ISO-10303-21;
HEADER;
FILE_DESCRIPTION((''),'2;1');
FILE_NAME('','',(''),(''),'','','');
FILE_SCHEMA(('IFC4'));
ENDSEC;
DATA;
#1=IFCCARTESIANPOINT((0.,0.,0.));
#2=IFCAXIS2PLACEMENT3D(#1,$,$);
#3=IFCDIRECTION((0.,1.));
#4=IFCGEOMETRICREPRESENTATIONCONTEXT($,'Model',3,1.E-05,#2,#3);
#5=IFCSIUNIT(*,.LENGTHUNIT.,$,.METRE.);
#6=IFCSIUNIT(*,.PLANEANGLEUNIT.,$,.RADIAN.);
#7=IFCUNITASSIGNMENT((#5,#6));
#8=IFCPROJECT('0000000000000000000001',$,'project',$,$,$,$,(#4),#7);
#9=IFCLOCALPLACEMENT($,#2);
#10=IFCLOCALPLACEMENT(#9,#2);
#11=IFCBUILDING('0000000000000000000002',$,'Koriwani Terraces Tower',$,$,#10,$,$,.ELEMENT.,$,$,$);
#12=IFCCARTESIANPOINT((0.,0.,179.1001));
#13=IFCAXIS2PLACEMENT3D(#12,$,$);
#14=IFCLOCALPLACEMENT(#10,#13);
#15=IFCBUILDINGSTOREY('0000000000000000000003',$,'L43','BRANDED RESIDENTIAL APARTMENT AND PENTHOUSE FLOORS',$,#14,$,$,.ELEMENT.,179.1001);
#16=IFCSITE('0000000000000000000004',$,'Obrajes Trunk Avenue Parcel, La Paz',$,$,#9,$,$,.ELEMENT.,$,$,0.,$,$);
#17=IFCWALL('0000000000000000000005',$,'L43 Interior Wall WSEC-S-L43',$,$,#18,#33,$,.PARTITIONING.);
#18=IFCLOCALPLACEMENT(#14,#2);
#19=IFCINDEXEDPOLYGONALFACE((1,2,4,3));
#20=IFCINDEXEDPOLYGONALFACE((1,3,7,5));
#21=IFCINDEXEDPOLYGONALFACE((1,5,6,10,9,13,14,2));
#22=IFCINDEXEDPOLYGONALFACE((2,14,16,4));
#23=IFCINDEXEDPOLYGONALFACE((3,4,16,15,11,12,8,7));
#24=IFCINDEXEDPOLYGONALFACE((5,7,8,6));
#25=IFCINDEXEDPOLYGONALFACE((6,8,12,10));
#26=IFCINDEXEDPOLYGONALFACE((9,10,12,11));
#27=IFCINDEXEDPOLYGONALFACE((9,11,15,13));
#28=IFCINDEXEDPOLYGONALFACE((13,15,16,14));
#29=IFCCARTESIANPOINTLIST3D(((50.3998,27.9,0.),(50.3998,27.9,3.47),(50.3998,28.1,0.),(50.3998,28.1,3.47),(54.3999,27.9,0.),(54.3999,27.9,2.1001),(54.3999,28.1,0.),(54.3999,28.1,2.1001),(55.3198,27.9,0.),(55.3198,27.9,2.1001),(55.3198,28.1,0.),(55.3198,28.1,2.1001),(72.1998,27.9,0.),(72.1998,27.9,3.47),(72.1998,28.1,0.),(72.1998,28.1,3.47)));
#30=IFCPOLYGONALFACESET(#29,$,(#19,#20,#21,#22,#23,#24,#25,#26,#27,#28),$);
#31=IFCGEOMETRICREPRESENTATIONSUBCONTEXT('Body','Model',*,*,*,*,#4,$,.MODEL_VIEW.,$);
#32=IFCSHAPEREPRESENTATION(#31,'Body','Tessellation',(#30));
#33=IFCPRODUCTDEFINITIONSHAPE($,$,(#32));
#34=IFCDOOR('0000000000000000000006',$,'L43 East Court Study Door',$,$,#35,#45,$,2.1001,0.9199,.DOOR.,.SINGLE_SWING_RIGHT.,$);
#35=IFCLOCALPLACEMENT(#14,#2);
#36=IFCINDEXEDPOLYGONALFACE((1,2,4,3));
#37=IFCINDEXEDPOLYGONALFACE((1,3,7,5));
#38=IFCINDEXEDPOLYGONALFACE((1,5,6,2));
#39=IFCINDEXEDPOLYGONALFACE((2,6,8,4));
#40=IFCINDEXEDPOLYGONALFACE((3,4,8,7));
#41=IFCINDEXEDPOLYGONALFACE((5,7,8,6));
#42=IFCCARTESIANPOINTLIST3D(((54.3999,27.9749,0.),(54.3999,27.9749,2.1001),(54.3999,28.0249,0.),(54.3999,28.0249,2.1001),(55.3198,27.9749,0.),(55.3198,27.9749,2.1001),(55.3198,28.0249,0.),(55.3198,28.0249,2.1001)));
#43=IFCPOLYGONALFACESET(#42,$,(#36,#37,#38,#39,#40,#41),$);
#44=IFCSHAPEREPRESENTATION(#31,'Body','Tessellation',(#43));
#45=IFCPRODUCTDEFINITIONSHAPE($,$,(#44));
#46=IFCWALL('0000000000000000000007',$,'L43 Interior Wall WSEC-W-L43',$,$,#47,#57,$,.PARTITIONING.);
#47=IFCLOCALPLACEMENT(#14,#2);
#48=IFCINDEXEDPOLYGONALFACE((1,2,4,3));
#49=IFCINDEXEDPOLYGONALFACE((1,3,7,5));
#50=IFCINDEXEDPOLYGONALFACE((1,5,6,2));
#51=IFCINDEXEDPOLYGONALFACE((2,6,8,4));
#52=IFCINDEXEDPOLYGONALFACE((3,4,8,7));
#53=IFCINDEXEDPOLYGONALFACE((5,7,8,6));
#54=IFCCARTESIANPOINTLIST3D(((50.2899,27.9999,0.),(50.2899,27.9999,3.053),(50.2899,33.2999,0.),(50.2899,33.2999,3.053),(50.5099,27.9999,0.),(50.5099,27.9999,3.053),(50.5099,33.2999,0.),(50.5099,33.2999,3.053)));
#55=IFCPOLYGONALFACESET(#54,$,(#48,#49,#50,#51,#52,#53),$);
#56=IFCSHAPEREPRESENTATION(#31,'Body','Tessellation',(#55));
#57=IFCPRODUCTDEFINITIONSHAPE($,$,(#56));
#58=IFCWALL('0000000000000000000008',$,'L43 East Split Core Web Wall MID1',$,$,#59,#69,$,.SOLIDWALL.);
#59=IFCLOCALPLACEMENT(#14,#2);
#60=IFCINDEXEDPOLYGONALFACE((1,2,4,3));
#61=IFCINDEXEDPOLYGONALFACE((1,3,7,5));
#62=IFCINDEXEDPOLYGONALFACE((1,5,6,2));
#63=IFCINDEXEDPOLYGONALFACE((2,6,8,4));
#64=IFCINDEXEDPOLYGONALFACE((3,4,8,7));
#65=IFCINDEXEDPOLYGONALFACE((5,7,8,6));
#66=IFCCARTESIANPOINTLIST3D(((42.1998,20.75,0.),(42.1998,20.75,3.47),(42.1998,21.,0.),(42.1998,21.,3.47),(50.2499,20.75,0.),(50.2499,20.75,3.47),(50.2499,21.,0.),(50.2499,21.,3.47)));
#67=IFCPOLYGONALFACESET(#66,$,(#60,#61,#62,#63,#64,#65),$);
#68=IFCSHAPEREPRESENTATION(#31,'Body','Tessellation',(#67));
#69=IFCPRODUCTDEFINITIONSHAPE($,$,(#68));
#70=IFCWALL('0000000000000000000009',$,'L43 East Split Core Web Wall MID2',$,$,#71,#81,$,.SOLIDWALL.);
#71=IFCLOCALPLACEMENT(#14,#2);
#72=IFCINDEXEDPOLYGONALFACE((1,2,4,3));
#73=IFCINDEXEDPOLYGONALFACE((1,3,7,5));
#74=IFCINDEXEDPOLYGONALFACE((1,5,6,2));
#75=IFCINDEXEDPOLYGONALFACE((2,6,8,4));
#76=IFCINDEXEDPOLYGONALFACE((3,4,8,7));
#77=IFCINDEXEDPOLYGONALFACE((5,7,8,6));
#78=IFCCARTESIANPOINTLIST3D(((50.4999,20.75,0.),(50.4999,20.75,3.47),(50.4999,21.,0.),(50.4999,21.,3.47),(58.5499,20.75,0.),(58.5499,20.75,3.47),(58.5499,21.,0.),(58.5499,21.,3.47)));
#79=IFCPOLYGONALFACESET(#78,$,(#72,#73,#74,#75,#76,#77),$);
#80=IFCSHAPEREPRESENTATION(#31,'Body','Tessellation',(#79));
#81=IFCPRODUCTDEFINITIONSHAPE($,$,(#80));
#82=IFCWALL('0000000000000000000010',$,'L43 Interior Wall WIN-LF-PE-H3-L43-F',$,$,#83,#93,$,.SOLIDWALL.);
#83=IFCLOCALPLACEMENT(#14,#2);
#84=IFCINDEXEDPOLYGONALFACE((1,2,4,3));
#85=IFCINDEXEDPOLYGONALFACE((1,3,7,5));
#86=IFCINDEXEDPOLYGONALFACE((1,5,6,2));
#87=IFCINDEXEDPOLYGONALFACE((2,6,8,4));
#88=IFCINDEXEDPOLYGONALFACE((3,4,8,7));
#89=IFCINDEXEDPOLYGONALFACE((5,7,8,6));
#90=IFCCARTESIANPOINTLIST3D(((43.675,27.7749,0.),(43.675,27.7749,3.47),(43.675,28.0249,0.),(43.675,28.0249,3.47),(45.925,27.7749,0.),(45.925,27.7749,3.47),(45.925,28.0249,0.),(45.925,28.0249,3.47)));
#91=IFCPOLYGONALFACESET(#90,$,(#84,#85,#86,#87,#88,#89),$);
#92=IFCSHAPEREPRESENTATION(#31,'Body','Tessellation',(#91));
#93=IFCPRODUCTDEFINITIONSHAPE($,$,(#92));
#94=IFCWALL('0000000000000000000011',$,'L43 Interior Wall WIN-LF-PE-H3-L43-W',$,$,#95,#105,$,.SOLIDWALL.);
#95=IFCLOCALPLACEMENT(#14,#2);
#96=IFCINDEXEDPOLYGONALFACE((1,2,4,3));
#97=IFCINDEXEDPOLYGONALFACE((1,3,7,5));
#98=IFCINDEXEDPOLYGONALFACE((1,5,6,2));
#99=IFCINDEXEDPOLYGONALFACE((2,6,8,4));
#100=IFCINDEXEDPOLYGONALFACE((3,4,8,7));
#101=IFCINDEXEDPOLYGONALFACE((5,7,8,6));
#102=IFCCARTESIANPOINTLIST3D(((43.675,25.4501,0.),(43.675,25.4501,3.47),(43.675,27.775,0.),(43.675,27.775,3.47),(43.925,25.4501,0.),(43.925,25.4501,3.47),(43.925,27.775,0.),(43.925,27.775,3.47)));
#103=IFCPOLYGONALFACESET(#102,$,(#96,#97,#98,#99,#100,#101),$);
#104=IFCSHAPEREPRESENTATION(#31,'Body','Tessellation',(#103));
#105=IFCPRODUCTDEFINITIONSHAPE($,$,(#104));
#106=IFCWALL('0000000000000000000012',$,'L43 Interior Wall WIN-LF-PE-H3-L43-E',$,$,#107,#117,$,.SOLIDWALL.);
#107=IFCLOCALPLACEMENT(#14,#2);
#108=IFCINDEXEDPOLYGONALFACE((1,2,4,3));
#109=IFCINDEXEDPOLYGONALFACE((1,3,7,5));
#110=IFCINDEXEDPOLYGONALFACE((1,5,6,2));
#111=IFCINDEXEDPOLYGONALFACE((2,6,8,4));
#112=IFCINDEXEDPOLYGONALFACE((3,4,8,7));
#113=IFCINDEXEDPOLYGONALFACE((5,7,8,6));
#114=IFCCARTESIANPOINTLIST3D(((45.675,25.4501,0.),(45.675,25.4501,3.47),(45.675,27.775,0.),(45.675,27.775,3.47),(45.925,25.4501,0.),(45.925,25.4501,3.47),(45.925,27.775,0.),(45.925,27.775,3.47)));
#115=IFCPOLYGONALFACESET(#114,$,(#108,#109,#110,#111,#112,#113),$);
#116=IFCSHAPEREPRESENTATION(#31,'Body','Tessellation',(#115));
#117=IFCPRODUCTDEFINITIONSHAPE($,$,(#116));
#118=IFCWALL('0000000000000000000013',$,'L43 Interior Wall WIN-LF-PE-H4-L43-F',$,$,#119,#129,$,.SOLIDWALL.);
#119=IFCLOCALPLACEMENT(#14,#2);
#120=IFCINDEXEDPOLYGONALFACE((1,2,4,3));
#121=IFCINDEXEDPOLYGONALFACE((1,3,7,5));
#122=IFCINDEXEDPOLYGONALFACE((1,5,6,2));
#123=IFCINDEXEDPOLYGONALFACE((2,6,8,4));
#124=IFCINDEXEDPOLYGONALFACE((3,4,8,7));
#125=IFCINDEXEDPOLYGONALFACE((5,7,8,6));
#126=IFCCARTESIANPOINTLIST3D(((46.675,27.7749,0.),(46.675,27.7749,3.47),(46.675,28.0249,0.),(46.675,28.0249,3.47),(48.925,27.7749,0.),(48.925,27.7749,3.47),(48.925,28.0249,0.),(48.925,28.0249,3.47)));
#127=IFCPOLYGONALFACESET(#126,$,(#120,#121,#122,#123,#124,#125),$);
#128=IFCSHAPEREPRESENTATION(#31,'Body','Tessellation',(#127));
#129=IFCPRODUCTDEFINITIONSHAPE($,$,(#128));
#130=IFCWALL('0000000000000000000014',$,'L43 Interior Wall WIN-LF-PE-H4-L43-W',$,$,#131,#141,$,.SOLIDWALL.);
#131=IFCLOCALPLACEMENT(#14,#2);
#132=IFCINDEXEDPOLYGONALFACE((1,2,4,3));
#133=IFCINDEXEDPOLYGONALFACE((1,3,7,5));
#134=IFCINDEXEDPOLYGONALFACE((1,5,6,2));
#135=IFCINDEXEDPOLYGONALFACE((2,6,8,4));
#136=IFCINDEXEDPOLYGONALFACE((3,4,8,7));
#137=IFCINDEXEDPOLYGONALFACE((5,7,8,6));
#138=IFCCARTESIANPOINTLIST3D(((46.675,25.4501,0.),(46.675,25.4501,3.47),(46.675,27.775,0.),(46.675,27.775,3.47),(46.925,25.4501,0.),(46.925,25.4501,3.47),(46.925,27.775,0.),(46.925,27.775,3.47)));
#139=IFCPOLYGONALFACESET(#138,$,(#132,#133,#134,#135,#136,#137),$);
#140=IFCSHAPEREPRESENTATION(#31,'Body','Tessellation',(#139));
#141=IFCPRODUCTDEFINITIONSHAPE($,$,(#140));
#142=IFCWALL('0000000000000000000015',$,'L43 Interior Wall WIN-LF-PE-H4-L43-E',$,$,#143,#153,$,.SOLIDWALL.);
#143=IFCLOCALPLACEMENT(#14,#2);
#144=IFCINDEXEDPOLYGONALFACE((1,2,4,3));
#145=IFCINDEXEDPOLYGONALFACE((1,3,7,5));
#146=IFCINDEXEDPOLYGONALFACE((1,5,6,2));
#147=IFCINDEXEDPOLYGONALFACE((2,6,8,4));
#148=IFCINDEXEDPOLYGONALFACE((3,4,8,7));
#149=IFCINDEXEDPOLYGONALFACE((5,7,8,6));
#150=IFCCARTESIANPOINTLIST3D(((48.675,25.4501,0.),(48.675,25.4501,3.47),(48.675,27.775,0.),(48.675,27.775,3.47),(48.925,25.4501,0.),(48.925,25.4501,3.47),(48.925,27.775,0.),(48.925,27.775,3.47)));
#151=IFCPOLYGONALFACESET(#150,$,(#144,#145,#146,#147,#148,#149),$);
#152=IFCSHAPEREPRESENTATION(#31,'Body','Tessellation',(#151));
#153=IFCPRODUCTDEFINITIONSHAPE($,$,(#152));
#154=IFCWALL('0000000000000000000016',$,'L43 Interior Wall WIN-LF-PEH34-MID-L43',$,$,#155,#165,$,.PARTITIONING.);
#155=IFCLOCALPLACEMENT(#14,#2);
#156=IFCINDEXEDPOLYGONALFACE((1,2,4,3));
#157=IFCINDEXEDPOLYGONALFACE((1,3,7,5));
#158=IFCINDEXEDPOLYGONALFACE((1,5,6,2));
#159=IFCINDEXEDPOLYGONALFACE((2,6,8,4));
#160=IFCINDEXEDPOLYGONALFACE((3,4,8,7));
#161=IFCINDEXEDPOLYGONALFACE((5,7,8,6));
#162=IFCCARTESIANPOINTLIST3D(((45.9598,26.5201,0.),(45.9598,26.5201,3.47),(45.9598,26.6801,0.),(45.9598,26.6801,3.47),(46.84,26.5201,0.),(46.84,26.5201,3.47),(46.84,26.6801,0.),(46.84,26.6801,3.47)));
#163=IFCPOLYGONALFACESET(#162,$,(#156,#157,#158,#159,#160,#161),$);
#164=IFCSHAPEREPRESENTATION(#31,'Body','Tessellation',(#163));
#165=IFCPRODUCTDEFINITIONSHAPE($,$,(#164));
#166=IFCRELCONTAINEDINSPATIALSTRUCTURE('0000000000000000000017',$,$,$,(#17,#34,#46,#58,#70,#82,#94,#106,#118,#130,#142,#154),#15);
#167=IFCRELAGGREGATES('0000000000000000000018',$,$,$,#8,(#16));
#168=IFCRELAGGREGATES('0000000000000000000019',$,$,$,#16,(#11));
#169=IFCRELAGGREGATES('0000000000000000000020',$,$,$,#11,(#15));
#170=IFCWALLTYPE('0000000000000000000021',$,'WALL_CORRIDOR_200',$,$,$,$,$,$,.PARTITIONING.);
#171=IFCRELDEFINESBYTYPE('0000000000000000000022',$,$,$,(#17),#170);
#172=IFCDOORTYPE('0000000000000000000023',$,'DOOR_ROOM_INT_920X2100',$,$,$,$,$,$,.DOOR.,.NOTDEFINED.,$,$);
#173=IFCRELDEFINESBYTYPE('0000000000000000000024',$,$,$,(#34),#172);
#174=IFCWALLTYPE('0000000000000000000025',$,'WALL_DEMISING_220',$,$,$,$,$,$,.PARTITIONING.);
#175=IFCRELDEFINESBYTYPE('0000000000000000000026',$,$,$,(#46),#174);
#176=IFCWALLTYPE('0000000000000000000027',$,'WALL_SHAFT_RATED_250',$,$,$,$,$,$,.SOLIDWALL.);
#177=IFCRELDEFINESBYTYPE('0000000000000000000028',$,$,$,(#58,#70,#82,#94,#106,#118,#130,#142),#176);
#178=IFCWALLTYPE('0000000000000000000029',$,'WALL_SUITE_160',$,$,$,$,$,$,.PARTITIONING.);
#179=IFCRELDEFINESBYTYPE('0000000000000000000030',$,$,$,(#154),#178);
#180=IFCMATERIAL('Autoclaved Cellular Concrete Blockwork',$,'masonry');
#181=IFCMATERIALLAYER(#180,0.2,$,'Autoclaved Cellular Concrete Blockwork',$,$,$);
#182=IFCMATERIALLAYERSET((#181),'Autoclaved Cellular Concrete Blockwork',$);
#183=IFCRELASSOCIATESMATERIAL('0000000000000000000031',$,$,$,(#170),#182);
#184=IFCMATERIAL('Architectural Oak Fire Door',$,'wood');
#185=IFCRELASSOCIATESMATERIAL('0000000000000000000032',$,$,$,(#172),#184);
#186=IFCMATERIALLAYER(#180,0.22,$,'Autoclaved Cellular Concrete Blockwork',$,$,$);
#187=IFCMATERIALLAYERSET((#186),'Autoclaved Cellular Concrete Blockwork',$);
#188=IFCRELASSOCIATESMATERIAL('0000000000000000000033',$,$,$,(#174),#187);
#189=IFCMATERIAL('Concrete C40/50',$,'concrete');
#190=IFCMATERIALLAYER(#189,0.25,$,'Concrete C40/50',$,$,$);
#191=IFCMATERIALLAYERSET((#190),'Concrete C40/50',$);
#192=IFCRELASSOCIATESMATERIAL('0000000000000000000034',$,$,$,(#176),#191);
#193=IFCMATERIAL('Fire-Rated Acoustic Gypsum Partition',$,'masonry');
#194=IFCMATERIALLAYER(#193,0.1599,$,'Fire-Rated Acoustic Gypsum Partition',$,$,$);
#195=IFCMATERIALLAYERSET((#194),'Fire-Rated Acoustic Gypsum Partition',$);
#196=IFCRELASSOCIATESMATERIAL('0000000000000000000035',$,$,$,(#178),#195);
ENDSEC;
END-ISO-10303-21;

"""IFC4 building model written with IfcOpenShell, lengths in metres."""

from ifc_helpers import new_model, si_unit, direction, frame, frame_2d, origin, place, context, subcontext, project, spatial, rectangle, extrude, material, layer, layer_set, type_object, element, fill, save


model = new_model("IFC4")

# Units and contexts
model_context = context("Model", 3, precision=1e-05, world=origin(), true_north=direction((0.0, 1.0)))
body_context = subcontext(model_context, "Body", "Model", "MODEL_VIEW")
ifc_project = project(units=[si_unit("LENGTHUNIT", "METRE"), si_unit("PLANEANGLEUNIT", "RADIAN")], contexts=[model_context])

# Site, building, storey
site_placement = place(None, origin())
site = spatial("IfcSite", under=ifc_project, at=site_placement, Name="Obrajes Trunk Avenue Parcel, La Paz", CompositionType="ELEMENT", RefElevation=0.0)
building_placement = place(site_placement, origin())
building = spatial("IfcBuilding", under=site, at=building_placement, Name="Koriwani Terraces Tower", CompositionType="ELEMENT")
storey_placement = place(building_placement, frame((0.0, 0.0, 179.1001)))
storey = spatial("IfcBuildingStorey", under=building, at=storey_placement, Name="L43", Description="BRANDED RESIDENTIAL APARTMENT AND PENTHOUSE FLOORS", CompositionType="ELEMENT", Elevation=179.1001)

# Wall, opening, door
ifc_material_1 = material(Name="Autoclaved Cellular Concrete Blockwork", Category="masonry")
ifc_layer_1 = layer(ifc_material_1, 0.2, Name="Autoclaved Cellular Concrete Blockwork")
ifc_layer_set_1 = layer_set([ifc_layer_1], Name="Autoclaved Cellular Concrete Blockwork")
wall_type_1 = type_object("IfcWallType", Name="WALL_CORRIDOR_200", PredefinedType="PARTITIONING", material=ifc_layer_set_1)
wall_1_placement = place(storey_placement, frame((50.3999, 28.0, 0.0), z_axis=(0.0, 0.0, 1.0), x_axis=(1.0, 0.0, 0.0)))
wall_1 = element("IfcWall", 1, at=wall_1_placement, inside=storey, type_object=wall_type_1, Name="L43 Interior Wall WSEC-S-L43", PredefinedType="PARTITIONING", context=body_context, shape_type="SweptSolid", body=[
    extrude(rectangle(XDim=21.8, YDim=0.2, at=frame_2d((10.8999, 0.0))), origin(), (0.0, 0.0, 1.0), 3.47),
])
opening_1_placement = place(wall_1_placement, frame((4.0, 0.0, 0.0)))
opening_1 = element("IfcOpeningElement", 2, at=opening_1_placement, cuts=wall_1, PredefinedType="OPENING", context=body_context, shape_type="SweptSolid", body=[
    extrude(rectangle(XDim=0.9199, YDim=2.1001, at=frame_2d((0.46, 1.05))), frame((0.0, 0.1099, 0.0), z_axis=(0.0, -1.0, 0.0), x_axis=(1.0, 0.0, 0.0)), (0.0, 0.0, 1.0), 0.22),
])
ifc_material_2 = material(Name="Architectural Oak Fire Door", Category="wood")
door_type_1 = type_object("IfcDoorType", Name="DOOR_ROOM_INT_920X2100", OperationType="NOTDEFINED", PredefinedType="DOOR", material=ifc_material_2)
door_1_placement = place(opening_1_placement, origin())
door_1 = element("IfcDoor", 3, at=door_1_placement, inside=storey, type_object=door_type_1, Name="L43 East Court Study Door", OperationType="SINGLE_SWING_RIGHT", OverallHeight=2.1001, OverallWidth=0.9199, PredefinedType="DOOR", context=body_context, shape_type="SweptSolid", body=[
    extrude(rectangle(XDim=0.9199, YDim=2.1001, at=frame_2d((0.46, 1.05))), frame((0.0, 0.0249, 0.0), z_axis=(0.0, -1.0, 0.0), x_axis=(1.0, 0.0, 0.0)), (0.0, 0.0, 1.0), 0.05),
])
fill(opening_1, door_1)

# Walls
ifc_layer_2 = layer(ifc_material_1, 0.22, Name="Autoclaved Cellular Concrete Blockwork")
ifc_layer_set_2 = layer_set([ifc_layer_2], Name="Autoclaved Cellular Concrete Blockwork")
wall_type_2 = type_object("IfcWallType", Name="WALL_DEMISING_220", PredefinedType="PARTITIONING", material=ifc_layer_set_2)
wall_2_placement = place(storey_placement, frame((50.3999, 28.0, 0.0), z_axis=(0.0, 0.0, 1.0), x_axis=(0.0, 1.0, 0.0)))
element("IfcWall", 4, at=wall_2_placement, inside=storey, type_object=wall_type_2, Name="L43 Interior Wall WSEC-W-L43", PredefinedType="PARTITIONING", context=body_context, shape_type="SweptSolid", body=[
    extrude(rectangle(XDim=5.3, YDim=0.22, at=frame_2d((2.6499, 0.0))), origin(), (0.0, 0.0, 1.0), 3.053),
])
ifc_material_3 = material(Name="Concrete C40/50", Category="concrete")
ifc_layer_3 = layer(ifc_material_3, 0.25, Name="Concrete C40/50")
ifc_layer_set_3 = layer_set([ifc_layer_3], Name="Concrete C40/50")
wall_type_3 = type_object("IfcWallType", Name="WALL_SHAFT_RATED_250", PredefinedType="SOLIDWALL", material=ifc_layer_set_3)
for number, where, z_axis, x_axis, name in (
    (5, (42.2, 20.875, 0.0), (0.0, 0.0, 1.0), (1.0, 0.0, 0.0), "L43 East Split Core Web Wall MID1"),
    (6, (50.5, 20.875, 0.0), (0.0, 0.0, 1.0), (1.0, 0.0, 0.0), "L43 East Split Core Web Wall MID2"),
):
    element("IfcWall", number, at=place(storey_placement, frame(where, z_axis=z_axis, x_axis=x_axis)), inside=storey, type_object=wall_type_3, Name=name, PredefinedType="SOLIDWALL", context=body_context, shape_type="SweptSolid", body=[
        extrude(rectangle(XDim=8.05, YDim=0.25, at=frame_2d((4.0249, 0.0))), origin(), (0.0, 0.0, 1.0), 3.47),
    ])

# Walls
wall_3_placement = place(storey_placement, frame((43.675, 27.8999, 0.0), z_axis=(0.0, 0.0, 1.0), x_axis=(1.0, 0.0, 0.0)))
element("IfcWall", 7, at=wall_3_placement, inside=storey, type_object=wall_type_3, Name="L43 Interior Wall WIN-LF-PE-H3-L43-F", PredefinedType="SOLIDWALL", context=body_context, shape_type="SweptSolid", body=[
    extrude(rectangle(XDim=2.25, YDim=0.25, at=frame_2d((1.125, 0.0))), origin(), (0.0, 0.0, 1.0), 3.47),
])
for number, where, z_axis, x_axis, name in (
    (8, (43.8, 25.45, 0.0), (0.0, 0.0, 1.0), (0.0, 1.0, 0.0), "L43 Interior Wall WIN-LF-PE-H3-L43-W"),
    (9, (45.8, 25.45, 0.0), (0.0, 0.0, 1.0), (0.0, 1.0, 0.0), "L43 Interior Wall WIN-LF-PE-H3-L43-E"),
):
    element("IfcWall", number, at=place(storey_placement, frame(where, z_axis=z_axis, x_axis=x_axis)), inside=storey, type_object=wall_type_3, Name=name, PredefinedType="SOLIDWALL", context=body_context, shape_type="SweptSolid", body=[
        extrude(rectangle(XDim=2.325, YDim=0.25, at=frame_2d((1.1626, 0.0))), origin(), (0.0, 0.0, 1.0), 3.47),
    ])
wall_4_placement = place(storey_placement, frame((46.675, 27.8999, 0.0), z_axis=(0.0, 0.0, 1.0), x_axis=(1.0, 0.0, 0.0)))
element("IfcWall", 10, at=wall_4_placement, inside=storey, type_object=wall_type_3, Name="L43 Interior Wall WIN-LF-PE-H4-L43-F", PredefinedType="SOLIDWALL", context=body_context, shape_type="SweptSolid", body=[
    extrude(rectangle(XDim=2.25, YDim=0.25, at=frame_2d((1.125, 0.0))), origin(), (0.0, 0.0, 1.0), 3.47),
])
for number, where, z_axis, x_axis, name in (
    (11, (46.8, 25.45, 0.0), (0.0, 0.0, 1.0), (0.0, 1.0, 0.0), "L43 Interior Wall WIN-LF-PE-H4-L43-W"),
    (12, (48.8, 25.45, 0.0), (0.0, 0.0, 1.0), (0.0, 1.0, 0.0), "L43 Interior Wall WIN-LF-PE-H4-L43-E"),
):
    element("IfcWall", number, at=place(storey_placement, frame(where, z_axis=z_axis, x_axis=x_axis)), inside=storey, type_object=wall_type_3, Name=name, PredefinedType="SOLIDWALL", context=body_context, shape_type="SweptSolid", body=[
        extrude(rectangle(XDim=2.325, YDim=0.25, at=frame_2d((1.1626, 0.0))), origin(), (0.0, 0.0, 1.0), 3.47),
    ])
ifc_material_4 = material(Name="Fire-Rated Acoustic Gypsum Partition", Category="masonry")
ifc_layer_4 = layer(ifc_material_4, 0.1599, Name="Fire-Rated Acoustic Gypsum Partition")
ifc_layer_set_4 = layer_set([ifc_layer_4], Name="Fire-Rated Acoustic Gypsum Partition")
wall_type_4 = type_object("IfcWallType", Name="WALL_SUITE_160", PredefinedType="PARTITIONING", material=ifc_layer_set_4)
wall_5_placement = place(storey_placement, frame((45.96, 26.6001, 0.0), z_axis=(0.0, 0.0, 1.0), x_axis=(1.0, 0.0, 0.0)))
element("IfcWall", 13, at=wall_5_placement, inside=storey, type_object=wall_type_4, Name="L43 Interior Wall WIN-LF-PEH34-MID-L43", PredefinedType="PARTITIONING", context=body_context, shape_type="SweptSolid", body=[
    extrude(rectangle(XDim=0.8801, YDim=0.1599, at=frame_2d((0.4399, 0.0))), origin(), (0.0, 0.0, 1.0), 3.47),
])

save(model, "model.ifc")
